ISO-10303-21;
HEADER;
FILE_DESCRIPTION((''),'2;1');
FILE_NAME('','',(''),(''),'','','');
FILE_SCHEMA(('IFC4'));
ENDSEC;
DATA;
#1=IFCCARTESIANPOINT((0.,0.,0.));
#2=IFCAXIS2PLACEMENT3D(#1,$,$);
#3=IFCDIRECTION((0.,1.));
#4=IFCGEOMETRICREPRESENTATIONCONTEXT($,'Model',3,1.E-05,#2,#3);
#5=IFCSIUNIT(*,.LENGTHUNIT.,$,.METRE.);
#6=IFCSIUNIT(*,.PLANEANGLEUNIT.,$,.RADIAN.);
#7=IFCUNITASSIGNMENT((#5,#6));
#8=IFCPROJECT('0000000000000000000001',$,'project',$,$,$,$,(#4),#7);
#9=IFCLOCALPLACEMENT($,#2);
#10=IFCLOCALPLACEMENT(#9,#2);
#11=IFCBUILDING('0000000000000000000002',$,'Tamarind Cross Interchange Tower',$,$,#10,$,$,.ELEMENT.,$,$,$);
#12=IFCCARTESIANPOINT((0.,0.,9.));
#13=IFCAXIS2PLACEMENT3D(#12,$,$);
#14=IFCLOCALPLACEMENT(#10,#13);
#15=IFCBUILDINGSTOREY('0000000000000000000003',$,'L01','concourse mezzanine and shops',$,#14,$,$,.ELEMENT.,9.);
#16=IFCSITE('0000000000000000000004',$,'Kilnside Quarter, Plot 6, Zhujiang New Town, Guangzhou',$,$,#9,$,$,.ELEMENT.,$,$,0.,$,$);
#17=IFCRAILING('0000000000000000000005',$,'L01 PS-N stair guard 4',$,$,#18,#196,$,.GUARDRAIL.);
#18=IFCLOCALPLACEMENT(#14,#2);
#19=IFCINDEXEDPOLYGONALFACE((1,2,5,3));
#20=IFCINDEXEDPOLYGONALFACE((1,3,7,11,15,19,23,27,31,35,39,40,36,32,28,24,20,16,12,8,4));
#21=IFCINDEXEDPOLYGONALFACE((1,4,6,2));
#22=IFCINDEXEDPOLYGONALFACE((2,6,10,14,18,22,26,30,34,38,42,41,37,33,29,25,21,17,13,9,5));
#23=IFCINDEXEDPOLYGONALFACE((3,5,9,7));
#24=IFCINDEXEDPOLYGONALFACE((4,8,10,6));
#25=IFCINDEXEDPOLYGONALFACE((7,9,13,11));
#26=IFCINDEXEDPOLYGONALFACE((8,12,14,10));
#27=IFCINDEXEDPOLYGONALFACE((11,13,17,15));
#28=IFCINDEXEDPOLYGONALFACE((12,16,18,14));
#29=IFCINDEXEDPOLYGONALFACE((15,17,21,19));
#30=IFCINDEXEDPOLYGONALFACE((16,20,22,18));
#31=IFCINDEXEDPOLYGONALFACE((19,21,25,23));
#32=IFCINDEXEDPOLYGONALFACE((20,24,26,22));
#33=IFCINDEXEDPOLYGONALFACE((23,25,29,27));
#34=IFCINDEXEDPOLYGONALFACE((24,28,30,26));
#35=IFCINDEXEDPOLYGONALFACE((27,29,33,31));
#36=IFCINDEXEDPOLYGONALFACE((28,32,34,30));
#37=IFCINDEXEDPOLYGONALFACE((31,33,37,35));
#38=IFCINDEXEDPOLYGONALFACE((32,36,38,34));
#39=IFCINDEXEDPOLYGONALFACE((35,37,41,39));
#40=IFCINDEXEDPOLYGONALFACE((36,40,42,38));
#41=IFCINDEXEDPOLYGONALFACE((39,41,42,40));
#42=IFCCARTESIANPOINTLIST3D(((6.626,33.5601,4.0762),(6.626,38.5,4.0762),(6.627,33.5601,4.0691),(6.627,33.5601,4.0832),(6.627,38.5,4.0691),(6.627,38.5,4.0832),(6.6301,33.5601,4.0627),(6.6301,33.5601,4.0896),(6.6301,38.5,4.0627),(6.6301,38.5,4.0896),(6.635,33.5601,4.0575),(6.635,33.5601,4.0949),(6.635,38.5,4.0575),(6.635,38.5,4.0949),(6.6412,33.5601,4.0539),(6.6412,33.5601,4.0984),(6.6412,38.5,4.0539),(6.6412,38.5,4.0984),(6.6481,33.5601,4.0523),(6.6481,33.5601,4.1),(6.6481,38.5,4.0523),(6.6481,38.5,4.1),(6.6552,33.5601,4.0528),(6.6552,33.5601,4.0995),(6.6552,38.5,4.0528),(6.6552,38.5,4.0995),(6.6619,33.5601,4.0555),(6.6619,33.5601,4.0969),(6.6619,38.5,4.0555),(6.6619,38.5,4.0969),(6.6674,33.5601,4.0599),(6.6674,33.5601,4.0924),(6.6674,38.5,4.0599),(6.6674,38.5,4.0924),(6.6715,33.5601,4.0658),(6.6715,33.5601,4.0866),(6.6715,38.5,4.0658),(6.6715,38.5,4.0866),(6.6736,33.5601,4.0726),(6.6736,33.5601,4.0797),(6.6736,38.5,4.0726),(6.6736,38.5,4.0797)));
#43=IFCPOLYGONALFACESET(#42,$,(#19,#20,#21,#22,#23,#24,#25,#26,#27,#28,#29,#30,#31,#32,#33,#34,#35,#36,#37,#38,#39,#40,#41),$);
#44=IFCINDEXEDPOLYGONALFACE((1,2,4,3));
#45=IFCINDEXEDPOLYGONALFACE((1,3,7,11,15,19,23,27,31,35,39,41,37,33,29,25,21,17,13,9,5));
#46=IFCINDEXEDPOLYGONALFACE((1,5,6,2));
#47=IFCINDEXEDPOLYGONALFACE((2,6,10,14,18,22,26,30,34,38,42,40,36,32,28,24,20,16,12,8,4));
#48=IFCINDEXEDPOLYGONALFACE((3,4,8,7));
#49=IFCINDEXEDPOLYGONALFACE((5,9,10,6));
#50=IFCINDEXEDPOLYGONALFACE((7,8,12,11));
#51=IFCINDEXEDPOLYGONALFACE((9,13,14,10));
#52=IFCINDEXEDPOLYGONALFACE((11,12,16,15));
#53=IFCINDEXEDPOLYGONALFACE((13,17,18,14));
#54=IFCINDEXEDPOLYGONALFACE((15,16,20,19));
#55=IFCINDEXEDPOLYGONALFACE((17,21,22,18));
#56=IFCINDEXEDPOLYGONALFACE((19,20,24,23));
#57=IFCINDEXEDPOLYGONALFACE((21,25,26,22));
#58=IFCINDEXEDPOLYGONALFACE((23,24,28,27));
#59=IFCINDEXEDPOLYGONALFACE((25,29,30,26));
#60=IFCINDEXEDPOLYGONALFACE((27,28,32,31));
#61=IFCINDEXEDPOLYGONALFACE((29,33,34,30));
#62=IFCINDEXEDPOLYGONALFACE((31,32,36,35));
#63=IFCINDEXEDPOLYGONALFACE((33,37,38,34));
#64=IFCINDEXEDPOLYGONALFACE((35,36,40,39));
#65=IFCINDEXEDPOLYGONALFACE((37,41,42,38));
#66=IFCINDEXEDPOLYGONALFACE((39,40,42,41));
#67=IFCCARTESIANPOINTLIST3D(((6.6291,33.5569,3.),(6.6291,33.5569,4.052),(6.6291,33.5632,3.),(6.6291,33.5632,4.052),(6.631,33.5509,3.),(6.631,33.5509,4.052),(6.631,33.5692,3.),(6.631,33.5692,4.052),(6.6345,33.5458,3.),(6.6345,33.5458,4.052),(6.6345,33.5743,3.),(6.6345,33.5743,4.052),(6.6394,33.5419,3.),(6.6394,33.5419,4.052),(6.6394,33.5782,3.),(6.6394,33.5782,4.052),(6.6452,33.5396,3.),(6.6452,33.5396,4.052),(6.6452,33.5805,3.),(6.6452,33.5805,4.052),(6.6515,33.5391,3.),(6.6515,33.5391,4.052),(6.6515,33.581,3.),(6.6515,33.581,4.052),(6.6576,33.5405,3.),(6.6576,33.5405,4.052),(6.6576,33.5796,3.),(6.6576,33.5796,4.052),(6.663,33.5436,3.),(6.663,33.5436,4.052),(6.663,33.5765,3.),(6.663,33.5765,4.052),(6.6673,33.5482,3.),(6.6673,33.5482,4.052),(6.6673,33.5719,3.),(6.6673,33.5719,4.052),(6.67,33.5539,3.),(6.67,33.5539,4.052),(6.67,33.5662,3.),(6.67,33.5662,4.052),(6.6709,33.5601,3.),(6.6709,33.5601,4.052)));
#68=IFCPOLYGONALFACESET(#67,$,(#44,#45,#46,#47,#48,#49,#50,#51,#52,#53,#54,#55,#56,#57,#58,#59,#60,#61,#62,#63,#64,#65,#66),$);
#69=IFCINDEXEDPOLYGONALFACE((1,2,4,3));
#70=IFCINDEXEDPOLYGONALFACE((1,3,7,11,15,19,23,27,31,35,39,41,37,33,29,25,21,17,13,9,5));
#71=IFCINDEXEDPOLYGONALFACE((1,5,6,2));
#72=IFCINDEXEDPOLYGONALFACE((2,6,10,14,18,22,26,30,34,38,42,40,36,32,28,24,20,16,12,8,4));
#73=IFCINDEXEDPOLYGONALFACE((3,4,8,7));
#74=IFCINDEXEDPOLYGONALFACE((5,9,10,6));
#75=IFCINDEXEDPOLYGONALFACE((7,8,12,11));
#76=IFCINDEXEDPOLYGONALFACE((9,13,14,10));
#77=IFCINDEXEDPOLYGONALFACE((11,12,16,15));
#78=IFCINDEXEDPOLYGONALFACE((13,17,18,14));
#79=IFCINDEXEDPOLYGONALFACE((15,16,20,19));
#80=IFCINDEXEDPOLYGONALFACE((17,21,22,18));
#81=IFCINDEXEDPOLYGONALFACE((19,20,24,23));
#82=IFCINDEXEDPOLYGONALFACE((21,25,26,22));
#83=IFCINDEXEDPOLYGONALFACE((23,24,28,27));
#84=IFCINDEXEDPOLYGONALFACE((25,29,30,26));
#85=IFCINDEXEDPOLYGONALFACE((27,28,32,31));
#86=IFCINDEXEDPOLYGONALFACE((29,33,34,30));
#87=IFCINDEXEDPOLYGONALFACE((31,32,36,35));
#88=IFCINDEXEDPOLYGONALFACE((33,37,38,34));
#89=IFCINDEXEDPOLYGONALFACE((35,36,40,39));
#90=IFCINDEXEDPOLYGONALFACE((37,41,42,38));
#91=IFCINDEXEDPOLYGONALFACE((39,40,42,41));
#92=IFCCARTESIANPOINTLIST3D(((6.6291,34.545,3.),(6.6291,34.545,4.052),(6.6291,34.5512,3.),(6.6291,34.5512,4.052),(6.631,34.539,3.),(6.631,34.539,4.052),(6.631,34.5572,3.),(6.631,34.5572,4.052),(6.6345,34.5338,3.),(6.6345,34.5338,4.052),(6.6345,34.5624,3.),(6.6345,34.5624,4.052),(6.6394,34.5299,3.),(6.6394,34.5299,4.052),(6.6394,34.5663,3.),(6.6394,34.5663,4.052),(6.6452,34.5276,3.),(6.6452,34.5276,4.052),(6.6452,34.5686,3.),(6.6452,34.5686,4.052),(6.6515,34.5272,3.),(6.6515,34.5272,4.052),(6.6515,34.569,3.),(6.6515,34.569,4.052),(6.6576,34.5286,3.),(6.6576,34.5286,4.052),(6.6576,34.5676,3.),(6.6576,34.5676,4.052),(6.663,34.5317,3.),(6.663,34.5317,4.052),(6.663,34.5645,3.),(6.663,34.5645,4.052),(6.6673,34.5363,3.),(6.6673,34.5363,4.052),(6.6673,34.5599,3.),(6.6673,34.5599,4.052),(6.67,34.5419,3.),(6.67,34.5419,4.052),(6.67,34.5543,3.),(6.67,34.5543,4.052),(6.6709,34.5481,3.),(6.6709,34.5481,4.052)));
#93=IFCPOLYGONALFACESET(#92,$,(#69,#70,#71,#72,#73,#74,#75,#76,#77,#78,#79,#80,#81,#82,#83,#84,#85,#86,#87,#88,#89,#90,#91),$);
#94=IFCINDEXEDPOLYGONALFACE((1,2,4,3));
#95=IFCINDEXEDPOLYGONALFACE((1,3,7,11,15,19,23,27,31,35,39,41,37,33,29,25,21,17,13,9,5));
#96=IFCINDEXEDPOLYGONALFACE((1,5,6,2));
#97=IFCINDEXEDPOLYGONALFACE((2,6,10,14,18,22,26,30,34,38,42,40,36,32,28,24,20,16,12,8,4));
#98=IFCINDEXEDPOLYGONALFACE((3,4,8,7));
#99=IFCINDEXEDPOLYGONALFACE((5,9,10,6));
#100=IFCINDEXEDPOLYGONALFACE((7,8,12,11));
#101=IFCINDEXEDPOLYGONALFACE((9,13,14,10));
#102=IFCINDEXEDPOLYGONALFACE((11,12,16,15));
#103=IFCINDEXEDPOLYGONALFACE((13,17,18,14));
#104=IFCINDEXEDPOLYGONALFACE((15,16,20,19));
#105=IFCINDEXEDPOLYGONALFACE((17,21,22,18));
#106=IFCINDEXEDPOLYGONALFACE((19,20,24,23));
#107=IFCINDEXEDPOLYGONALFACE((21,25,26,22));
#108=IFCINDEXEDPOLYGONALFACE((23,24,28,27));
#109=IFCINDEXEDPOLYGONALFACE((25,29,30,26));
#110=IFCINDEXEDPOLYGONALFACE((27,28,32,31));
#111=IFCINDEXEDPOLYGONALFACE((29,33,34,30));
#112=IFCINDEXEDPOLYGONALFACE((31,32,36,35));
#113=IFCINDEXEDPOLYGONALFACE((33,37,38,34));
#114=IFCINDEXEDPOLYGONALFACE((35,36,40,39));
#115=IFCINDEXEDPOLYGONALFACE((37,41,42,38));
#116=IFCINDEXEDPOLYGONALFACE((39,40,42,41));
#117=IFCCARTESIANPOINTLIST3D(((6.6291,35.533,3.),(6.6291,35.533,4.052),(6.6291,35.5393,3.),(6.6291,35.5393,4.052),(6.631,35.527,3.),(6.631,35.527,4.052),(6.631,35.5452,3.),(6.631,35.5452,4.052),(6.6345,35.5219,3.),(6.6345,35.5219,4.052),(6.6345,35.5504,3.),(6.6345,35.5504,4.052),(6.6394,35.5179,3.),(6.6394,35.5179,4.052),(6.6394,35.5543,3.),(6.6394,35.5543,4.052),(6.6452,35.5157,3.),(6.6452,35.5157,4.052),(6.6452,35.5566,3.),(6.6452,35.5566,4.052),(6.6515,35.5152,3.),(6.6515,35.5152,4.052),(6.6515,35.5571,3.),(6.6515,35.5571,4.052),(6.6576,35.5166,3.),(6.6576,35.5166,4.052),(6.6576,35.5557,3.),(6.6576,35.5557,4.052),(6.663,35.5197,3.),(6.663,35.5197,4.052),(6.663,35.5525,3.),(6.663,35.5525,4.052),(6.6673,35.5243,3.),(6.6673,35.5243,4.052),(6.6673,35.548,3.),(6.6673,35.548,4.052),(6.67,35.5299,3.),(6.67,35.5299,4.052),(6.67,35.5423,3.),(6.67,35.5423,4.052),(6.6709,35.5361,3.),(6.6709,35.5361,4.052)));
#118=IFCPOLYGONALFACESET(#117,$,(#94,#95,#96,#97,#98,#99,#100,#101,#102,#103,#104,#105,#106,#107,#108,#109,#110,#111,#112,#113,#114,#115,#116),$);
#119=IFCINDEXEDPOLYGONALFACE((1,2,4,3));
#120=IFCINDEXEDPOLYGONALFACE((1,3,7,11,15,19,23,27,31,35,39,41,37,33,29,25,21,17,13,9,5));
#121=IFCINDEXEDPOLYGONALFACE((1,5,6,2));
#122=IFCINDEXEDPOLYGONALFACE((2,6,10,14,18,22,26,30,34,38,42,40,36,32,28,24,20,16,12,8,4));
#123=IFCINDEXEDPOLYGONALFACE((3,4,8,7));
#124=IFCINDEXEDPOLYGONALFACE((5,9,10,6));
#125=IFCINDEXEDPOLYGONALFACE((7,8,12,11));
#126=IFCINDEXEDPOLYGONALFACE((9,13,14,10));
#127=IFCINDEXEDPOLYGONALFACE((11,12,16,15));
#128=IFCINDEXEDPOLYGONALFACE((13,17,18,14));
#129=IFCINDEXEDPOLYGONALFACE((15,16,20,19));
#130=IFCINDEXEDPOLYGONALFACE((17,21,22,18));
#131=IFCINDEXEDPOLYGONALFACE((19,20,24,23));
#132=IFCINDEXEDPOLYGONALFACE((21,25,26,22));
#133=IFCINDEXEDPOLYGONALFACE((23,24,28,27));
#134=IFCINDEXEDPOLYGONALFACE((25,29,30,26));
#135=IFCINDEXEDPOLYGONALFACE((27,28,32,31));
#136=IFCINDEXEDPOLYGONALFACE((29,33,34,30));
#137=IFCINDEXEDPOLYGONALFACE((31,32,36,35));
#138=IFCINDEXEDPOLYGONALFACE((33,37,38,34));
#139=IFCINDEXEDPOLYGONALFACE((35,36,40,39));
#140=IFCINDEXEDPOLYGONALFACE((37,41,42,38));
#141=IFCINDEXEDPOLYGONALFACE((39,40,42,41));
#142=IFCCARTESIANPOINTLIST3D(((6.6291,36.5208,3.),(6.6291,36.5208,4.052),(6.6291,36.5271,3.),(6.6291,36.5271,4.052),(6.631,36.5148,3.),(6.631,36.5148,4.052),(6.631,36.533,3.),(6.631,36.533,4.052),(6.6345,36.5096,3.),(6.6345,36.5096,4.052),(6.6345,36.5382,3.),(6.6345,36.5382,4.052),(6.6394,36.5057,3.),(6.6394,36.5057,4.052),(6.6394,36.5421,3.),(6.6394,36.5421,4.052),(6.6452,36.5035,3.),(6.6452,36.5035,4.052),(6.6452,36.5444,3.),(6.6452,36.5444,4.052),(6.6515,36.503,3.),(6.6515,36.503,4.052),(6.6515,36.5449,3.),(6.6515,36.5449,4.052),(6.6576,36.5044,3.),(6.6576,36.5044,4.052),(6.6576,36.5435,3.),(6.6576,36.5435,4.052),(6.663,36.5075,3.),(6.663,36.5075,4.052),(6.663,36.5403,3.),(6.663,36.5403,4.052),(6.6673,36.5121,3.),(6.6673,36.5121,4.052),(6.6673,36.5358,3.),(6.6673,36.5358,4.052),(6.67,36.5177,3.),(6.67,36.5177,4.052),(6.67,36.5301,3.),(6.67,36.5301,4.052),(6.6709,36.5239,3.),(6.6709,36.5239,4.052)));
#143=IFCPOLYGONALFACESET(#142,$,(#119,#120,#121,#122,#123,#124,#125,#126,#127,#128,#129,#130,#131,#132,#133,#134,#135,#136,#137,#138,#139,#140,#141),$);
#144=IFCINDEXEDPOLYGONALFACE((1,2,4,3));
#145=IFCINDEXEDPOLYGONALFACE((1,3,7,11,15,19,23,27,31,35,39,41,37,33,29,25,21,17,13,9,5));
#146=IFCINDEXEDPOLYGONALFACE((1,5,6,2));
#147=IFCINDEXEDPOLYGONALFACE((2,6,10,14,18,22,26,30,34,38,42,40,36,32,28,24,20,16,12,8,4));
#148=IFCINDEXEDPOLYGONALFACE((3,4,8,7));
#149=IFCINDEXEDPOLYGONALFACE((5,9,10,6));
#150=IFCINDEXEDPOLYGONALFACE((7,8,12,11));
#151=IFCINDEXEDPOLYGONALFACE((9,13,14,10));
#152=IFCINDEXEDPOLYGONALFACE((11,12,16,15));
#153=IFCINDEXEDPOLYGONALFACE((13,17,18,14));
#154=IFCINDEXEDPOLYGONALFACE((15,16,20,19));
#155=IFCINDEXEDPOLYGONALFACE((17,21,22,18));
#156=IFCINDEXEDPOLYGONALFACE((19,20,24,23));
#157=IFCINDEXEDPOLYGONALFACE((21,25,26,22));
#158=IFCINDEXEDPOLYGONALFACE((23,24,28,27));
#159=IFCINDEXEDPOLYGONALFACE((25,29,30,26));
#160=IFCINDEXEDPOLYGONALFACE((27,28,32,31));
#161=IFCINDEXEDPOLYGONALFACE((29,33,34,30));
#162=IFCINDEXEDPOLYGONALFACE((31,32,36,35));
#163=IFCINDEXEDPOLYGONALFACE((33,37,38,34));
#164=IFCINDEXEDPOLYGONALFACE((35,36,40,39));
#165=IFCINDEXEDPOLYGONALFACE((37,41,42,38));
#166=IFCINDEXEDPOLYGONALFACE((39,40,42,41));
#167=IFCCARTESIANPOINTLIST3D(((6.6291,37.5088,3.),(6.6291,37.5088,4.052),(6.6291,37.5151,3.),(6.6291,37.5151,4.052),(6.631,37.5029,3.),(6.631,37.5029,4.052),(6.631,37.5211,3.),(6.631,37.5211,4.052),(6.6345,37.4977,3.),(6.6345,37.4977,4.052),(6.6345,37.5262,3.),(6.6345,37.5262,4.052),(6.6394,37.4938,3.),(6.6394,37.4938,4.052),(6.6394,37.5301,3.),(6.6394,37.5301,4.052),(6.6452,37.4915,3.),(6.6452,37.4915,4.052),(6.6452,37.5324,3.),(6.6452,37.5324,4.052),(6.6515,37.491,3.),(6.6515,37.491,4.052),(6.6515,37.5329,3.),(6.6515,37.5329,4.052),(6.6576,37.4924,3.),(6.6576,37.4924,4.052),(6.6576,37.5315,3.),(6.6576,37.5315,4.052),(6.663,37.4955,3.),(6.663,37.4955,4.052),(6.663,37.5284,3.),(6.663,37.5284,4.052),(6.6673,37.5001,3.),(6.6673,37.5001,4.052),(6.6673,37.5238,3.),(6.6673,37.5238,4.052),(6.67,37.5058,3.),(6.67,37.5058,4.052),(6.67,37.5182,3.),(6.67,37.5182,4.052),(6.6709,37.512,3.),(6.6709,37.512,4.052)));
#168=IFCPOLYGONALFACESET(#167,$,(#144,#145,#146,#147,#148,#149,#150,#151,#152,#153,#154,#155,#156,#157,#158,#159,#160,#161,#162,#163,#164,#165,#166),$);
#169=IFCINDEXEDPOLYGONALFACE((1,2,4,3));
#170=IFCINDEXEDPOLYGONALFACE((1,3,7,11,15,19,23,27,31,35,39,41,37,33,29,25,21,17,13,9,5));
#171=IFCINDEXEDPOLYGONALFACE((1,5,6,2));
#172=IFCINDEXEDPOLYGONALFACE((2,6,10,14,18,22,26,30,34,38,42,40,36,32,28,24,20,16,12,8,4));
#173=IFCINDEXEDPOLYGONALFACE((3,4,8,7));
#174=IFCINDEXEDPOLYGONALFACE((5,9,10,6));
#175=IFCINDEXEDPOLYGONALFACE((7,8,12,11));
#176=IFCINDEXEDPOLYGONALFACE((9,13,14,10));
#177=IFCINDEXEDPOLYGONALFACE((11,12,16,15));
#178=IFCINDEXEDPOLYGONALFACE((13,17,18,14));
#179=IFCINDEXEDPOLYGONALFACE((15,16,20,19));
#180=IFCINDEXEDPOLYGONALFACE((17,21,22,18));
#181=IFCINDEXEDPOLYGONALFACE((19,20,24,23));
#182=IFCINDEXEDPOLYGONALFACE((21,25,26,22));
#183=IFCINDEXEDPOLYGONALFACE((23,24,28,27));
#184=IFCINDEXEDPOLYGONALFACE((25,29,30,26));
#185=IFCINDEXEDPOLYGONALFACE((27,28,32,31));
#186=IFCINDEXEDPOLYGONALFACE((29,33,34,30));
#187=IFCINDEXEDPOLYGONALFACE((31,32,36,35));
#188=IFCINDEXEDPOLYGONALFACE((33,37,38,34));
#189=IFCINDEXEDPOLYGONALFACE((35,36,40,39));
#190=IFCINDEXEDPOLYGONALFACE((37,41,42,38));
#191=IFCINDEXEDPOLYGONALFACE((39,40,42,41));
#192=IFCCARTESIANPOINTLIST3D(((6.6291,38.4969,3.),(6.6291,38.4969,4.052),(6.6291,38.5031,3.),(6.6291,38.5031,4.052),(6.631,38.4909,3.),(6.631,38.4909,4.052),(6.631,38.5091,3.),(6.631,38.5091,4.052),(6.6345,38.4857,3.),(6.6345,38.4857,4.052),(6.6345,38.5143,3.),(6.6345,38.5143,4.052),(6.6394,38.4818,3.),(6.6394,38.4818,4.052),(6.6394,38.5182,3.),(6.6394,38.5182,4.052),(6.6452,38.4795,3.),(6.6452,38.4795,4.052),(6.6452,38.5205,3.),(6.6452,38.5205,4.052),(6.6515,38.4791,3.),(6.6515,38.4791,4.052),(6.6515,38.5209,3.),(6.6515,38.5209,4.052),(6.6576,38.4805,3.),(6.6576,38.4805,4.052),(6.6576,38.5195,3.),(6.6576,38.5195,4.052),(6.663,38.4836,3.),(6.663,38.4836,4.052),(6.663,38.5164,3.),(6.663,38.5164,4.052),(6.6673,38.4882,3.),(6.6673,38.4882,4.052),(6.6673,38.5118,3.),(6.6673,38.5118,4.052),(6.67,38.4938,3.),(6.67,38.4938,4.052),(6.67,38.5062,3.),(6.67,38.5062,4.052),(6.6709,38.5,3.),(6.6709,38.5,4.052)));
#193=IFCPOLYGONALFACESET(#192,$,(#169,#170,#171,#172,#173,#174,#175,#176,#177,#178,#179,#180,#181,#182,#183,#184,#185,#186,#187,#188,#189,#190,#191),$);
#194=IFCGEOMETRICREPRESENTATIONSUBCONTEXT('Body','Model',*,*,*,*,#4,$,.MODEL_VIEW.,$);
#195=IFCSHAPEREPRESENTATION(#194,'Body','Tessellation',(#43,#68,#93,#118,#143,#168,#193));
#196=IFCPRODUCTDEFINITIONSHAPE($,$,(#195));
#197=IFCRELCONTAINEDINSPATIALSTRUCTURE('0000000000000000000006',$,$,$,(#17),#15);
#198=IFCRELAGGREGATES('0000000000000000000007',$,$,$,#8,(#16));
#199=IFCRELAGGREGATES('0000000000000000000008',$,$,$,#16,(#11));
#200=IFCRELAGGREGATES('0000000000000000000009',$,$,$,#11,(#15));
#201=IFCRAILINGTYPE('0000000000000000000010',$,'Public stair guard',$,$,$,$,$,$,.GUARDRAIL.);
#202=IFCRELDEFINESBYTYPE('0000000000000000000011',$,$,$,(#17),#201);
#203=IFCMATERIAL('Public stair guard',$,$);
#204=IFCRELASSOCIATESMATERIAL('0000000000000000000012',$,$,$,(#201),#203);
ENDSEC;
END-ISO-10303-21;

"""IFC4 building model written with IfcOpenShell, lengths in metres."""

from ifc_helpers import new_model, si_unit, direction, frame, origin, origin_2d, place, context, subcontext, project, spatial, circle, extrude, material, type_object, element, save


model = new_model("IFC4")

# Units and contexts
model_context = context("Model", 3, precision=1e-05, world=origin(), true_north=direction((0.0, 1.0)))
body_context = subcontext(model_context, "Body", "Model", "MODEL_VIEW")
ifc_project = project(units=[si_unit("LENGTHUNIT", "METRE"), si_unit("PLANEANGLEUNIT", "RADIAN")], contexts=[model_context])

# Site, building, storey
site_placement = place(None, origin())
site = spatial("IfcSite", under=ifc_project, at=site_placement, Name="Kilnside Quarter, Plot 6, Zhujiang New Town, Guangzhou", CompositionType="ELEMENT", RefElevation=0.0)
building_placement = place(site_placement, origin())
building = spatial("IfcBuilding", under=site, at=building_placement, Name="Tamarind Cross Interchange Tower", CompositionType="ELEMENT")
storey_placement = place(building_placement, frame((0.0, 0.0, 9.0)))
storey = spatial("IfcBuildingStorey", under=building, at=storey_placement, Name="L01", Description="concourse mezzanine and shops", CompositionType="ELEMENT", Elevation=9.0)

# Railing
ifc_material_1 = material(Name="Public stair guard")
railing_type_1 = type_object("IfcRailingType", Name="Public stair guard", PredefinedType="GUARDRAIL", material=ifc_material_1)
for number, where, name in (
    (1, (6.6499, 33.5601, 3.0), "L01 PS-N stair guard 4"),
):
    element("IfcRailing", number, at=place(storey_placement, frame(where)), inside=storey, type_object=railing_type_1, Name=name, PredefinedType="GUARDRAIL", context=body_context, shape_type="SweptSolid", body=[
        extrude(circle(Radius=0.0239, at=origin_2d()), frame((0.0, 0.0, 1.0762), z_axis=(0.0, 1.0, 0.0), x_axis=(-1.0, 0.0, 0.0)), (0.0, 0.0, 1.0), 4.9399),
        extrude(circle(Radius=0.021, at=origin_2d()), origin(), (0.0, 0.0, 1.0), 1.052),
        extrude(circle(Radius=0.021, at=origin_2d()), frame((0.0, 0.988, 0.0)), (0.0, 0.0, 1.0), 1.052),
        extrude(circle(Radius=0.021, at=origin_2d()), frame((0.0, 1.9761, 0.0)), (0.0, 0.0, 1.0), 1.052),
        extrude(circle(Radius=0.021, at=origin_2d()), frame((0.0, 2.9639, 0.0)), (0.0, 0.0, 1.0), 1.052),
        extrude(circle(Radius=0.021, at=origin_2d()), frame((0.0, 3.9519, 0.0)), (0.0, 0.0, 1.0), 1.052),
        extrude(circle(Radius=0.021, at=origin_2d()), frame((0.0, 4.9399, 0.0)), (0.0, 0.0, 1.0), 1.052),
    ])

save(model, "model.ifc")
